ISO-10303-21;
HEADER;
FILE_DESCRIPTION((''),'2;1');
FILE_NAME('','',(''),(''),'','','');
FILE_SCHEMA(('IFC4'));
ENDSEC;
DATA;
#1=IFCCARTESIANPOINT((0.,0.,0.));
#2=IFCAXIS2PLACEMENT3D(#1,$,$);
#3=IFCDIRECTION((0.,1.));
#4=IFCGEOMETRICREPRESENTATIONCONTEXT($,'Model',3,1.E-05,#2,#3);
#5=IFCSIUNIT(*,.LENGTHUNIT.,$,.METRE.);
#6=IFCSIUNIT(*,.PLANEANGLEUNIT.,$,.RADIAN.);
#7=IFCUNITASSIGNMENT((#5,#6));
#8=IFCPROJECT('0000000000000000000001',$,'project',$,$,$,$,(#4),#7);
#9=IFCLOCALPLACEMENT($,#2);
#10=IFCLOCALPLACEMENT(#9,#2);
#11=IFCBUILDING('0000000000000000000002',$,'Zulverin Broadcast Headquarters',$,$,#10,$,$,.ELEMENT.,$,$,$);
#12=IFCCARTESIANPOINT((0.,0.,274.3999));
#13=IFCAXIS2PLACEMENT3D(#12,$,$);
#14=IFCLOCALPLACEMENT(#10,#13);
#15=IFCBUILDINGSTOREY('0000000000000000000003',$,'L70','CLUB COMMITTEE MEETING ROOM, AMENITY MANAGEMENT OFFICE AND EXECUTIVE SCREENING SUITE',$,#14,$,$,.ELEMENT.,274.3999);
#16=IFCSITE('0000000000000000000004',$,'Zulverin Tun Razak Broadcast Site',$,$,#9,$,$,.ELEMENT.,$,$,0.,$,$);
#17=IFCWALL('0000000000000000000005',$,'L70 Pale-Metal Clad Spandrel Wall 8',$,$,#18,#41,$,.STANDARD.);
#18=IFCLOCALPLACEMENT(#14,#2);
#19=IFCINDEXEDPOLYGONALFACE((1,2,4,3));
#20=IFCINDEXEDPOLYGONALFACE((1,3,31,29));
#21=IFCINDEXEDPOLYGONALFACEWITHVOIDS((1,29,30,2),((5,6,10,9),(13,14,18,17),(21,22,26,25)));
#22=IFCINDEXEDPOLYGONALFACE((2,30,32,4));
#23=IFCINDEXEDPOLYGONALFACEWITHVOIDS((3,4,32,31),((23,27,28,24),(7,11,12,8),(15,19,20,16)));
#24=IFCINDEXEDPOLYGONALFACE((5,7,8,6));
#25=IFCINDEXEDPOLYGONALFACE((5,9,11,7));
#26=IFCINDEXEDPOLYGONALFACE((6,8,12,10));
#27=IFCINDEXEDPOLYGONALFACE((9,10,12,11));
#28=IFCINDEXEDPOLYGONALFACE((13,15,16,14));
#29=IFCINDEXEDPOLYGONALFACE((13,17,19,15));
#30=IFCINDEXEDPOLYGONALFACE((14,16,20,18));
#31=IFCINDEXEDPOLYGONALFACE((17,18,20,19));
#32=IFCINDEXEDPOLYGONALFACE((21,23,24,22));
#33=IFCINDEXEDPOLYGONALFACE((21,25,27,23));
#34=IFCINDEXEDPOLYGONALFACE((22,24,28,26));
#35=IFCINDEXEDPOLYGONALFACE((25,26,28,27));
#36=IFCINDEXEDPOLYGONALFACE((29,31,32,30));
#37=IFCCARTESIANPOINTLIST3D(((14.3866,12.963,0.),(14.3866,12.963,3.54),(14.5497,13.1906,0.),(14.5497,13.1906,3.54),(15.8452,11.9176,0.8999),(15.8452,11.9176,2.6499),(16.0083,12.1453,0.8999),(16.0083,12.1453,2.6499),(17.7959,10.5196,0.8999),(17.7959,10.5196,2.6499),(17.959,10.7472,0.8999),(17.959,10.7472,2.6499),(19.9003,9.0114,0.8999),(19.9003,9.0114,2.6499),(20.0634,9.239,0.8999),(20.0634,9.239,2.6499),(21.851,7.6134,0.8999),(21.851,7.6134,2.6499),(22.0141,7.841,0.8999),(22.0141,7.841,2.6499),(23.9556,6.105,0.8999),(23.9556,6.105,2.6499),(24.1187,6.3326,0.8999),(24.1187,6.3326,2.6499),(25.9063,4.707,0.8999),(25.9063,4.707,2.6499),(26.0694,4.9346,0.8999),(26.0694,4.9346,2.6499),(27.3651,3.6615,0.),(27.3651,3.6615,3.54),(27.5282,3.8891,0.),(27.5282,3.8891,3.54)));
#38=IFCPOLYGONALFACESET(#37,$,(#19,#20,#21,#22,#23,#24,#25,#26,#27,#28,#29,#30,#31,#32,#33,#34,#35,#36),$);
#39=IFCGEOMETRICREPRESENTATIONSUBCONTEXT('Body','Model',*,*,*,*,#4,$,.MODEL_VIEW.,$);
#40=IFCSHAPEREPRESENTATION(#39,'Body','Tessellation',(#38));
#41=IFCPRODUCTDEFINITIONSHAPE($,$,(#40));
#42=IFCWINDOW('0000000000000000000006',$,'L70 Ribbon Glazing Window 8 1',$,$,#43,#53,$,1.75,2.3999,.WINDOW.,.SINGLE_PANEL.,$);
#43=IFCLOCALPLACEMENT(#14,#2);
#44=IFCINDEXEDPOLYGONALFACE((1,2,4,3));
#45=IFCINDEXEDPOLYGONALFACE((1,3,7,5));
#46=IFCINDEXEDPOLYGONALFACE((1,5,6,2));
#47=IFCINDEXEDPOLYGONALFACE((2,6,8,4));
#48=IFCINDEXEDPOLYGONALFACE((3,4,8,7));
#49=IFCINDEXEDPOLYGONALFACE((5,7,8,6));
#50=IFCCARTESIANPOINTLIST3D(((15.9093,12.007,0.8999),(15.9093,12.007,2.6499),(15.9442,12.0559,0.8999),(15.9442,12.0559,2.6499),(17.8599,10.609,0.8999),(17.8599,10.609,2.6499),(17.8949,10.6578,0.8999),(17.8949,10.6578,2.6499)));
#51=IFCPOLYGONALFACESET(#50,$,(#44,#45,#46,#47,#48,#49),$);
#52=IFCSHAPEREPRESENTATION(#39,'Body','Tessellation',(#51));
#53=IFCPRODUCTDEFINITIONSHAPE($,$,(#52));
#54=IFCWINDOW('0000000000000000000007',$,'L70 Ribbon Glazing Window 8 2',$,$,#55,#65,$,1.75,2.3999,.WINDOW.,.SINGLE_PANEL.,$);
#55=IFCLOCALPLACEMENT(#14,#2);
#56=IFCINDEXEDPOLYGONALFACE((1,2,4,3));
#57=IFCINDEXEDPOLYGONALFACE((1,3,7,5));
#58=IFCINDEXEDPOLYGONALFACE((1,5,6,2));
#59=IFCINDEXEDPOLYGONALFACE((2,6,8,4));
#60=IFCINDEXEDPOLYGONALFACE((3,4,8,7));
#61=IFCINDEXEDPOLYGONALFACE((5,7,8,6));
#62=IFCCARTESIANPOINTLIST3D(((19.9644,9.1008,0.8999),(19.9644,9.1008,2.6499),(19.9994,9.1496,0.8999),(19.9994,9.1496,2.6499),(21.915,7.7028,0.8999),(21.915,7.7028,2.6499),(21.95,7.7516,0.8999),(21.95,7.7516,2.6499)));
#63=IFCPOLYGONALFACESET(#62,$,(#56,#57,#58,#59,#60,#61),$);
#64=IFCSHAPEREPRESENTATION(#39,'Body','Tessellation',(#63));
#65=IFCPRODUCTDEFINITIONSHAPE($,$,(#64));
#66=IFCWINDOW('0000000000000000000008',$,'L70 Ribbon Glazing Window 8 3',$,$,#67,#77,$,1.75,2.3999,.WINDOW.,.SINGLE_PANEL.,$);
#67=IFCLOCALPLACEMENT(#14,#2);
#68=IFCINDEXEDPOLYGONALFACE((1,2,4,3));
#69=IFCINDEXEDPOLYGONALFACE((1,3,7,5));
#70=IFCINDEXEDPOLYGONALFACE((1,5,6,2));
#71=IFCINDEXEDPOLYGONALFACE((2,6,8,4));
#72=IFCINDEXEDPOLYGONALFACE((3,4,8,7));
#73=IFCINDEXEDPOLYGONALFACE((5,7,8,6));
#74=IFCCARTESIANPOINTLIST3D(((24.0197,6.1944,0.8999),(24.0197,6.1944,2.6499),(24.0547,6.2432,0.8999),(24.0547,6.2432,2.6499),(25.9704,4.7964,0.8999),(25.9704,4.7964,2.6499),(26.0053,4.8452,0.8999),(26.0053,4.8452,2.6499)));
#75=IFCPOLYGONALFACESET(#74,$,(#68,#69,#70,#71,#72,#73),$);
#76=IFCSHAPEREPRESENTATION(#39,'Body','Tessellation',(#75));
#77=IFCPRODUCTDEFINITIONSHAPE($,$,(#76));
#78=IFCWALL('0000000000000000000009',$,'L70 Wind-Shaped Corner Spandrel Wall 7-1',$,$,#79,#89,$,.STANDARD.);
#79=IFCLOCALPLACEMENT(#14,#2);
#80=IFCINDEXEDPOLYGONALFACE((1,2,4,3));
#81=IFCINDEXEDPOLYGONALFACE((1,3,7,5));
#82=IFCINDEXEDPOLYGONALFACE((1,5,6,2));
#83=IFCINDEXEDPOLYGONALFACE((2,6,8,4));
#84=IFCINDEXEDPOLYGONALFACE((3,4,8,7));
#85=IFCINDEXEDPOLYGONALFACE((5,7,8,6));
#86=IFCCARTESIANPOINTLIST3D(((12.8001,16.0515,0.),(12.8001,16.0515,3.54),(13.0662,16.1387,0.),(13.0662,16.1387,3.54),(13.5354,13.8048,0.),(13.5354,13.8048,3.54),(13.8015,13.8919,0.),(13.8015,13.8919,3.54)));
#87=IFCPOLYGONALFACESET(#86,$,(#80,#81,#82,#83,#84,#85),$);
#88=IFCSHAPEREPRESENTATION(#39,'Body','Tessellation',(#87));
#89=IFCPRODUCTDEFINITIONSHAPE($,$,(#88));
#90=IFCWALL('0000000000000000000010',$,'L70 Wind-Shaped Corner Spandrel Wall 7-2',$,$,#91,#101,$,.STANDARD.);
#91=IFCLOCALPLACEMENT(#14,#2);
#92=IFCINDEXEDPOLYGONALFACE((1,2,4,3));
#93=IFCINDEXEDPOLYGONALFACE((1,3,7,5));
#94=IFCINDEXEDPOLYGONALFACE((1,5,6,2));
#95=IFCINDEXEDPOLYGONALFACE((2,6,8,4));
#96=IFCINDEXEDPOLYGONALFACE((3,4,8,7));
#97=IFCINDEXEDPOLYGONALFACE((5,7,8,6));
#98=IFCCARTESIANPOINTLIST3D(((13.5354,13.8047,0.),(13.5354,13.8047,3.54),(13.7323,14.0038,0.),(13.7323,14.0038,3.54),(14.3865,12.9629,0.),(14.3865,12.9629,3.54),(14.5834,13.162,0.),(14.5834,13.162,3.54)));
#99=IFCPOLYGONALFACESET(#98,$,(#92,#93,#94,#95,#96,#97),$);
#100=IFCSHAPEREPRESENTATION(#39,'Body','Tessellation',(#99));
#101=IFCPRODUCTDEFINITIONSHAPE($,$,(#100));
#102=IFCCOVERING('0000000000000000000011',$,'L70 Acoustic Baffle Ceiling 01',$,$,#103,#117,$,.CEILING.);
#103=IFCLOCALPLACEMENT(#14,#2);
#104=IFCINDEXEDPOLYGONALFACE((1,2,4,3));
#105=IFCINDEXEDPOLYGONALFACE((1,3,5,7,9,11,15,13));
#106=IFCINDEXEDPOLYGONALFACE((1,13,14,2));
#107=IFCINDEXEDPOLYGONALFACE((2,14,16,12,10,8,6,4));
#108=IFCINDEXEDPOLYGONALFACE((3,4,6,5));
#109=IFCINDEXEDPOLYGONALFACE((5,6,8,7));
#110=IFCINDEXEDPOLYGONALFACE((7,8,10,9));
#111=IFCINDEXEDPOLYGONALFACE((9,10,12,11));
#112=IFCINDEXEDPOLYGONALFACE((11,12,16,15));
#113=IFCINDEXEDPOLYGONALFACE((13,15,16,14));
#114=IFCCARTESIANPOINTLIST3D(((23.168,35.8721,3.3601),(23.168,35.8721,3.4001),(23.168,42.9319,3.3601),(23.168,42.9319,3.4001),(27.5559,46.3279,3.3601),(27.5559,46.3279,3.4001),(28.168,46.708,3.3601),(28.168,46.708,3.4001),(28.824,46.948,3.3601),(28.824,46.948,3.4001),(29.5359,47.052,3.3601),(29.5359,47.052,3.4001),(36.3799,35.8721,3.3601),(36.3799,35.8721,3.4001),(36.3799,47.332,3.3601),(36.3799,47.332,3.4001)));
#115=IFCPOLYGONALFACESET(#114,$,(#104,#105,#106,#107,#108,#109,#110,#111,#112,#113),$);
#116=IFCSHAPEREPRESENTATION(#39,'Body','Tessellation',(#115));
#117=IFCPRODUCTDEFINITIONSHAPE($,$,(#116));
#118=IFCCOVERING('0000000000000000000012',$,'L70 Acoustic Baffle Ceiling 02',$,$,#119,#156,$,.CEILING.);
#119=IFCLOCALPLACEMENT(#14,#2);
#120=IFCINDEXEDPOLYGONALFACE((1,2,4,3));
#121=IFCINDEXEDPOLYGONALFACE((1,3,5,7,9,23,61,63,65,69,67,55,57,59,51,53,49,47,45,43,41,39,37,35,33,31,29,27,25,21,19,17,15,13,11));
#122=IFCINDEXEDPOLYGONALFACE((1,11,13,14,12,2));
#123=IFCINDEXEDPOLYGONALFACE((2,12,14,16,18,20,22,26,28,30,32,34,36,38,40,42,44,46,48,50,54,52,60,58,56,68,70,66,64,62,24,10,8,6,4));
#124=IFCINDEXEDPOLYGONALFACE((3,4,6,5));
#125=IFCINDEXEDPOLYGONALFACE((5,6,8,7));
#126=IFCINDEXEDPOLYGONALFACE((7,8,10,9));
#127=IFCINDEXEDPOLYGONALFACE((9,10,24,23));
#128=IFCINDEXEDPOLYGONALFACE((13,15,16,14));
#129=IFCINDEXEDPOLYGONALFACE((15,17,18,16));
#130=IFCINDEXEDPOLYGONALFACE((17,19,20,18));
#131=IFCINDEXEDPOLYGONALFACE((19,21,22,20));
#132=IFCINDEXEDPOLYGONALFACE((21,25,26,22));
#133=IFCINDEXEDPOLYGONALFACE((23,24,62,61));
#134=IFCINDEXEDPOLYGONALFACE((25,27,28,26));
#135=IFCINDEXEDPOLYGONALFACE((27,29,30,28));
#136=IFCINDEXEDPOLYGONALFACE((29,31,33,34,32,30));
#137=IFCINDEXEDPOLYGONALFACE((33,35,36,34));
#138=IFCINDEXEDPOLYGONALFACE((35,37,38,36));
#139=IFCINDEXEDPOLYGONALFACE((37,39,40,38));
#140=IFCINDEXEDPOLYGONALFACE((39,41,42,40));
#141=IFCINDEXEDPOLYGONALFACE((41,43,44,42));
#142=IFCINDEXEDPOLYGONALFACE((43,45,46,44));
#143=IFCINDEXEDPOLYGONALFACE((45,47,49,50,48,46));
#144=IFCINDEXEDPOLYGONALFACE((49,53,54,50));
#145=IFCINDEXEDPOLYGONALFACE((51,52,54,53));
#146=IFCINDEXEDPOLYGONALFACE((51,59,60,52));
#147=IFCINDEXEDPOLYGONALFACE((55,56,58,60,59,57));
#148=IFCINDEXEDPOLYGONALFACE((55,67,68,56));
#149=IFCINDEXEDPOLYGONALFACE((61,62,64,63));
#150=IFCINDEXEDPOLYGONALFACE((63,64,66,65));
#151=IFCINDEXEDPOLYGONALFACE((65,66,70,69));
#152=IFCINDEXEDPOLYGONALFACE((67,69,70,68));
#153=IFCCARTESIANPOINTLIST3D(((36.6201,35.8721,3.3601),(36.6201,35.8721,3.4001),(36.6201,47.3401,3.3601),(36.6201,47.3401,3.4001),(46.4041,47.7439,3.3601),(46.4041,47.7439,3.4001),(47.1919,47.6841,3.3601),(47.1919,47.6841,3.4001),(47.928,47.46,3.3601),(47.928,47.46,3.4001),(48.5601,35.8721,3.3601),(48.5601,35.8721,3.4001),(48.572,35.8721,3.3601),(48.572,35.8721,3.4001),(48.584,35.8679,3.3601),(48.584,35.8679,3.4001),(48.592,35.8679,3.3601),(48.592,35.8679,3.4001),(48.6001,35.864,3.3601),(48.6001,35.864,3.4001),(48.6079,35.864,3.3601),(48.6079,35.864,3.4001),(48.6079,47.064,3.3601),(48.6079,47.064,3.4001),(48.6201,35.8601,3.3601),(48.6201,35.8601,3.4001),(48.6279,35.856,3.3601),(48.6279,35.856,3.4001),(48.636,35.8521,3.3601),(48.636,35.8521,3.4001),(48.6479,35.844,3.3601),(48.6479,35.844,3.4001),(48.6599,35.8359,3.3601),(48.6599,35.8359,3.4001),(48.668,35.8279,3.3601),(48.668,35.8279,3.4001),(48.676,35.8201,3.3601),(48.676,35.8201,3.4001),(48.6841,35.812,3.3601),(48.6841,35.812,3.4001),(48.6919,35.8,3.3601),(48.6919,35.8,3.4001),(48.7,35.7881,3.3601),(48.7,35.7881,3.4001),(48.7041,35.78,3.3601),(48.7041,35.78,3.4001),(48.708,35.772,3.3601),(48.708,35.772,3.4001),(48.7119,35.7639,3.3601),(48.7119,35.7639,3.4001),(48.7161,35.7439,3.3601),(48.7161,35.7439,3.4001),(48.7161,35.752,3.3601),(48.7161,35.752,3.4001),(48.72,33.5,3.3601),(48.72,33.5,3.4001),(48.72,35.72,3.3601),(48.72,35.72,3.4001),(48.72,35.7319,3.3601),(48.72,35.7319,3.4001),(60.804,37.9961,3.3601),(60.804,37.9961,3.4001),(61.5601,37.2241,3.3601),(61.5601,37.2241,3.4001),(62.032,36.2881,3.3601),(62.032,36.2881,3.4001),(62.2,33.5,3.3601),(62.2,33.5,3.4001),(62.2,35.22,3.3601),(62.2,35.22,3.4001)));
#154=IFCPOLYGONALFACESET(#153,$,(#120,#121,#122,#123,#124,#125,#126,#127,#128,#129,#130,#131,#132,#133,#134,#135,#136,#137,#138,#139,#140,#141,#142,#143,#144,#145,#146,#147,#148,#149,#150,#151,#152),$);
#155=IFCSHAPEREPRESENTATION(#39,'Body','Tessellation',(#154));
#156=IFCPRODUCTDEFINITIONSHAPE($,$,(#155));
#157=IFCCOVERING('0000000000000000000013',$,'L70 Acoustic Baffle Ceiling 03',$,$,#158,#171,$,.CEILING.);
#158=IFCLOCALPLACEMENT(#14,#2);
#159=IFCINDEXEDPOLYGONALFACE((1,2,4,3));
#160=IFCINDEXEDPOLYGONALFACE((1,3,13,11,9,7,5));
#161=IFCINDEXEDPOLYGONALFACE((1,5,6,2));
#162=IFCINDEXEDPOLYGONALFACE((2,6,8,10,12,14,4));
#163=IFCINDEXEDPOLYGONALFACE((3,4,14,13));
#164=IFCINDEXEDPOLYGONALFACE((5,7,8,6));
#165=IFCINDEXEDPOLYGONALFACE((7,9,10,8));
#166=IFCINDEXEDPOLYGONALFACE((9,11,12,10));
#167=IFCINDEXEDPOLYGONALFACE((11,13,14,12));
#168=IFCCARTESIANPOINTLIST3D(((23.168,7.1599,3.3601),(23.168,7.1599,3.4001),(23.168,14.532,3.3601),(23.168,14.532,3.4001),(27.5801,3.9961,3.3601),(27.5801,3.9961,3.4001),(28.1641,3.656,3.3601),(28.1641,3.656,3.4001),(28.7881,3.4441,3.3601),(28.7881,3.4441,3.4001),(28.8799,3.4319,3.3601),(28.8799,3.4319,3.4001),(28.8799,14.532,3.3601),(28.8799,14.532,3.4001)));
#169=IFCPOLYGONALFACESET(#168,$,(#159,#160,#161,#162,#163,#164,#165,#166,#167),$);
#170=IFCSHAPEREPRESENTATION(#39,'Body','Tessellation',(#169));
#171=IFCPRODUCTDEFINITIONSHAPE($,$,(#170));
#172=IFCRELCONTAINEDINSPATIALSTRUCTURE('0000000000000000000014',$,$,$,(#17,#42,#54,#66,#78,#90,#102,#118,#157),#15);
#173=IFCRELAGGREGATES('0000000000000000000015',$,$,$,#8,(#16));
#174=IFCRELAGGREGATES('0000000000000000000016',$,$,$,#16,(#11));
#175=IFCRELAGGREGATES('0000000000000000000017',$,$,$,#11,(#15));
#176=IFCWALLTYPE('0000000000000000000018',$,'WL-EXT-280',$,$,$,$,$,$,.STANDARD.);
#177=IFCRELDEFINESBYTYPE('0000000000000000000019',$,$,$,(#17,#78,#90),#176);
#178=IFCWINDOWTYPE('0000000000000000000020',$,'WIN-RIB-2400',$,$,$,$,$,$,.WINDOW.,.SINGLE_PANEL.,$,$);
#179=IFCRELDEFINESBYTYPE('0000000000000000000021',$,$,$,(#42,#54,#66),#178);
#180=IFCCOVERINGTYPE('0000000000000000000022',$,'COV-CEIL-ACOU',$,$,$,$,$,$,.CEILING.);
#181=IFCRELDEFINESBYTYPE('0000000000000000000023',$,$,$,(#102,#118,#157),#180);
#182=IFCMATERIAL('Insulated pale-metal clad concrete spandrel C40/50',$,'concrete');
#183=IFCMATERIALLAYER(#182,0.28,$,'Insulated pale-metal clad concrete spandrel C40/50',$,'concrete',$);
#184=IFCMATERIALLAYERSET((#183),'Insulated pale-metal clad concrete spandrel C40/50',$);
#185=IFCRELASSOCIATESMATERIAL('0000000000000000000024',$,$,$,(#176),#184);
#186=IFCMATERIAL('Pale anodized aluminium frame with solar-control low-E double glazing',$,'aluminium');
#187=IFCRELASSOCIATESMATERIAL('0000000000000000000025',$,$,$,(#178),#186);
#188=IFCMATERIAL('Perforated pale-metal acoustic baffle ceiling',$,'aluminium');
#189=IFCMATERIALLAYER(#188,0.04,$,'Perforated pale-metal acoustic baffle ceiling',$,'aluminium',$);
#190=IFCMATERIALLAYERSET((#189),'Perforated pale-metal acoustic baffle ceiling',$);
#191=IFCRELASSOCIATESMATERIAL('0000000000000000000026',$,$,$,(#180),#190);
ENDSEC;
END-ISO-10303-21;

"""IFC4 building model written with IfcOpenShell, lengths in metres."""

from ifc_helpers import new_model, si_unit, direction, frame, frame_2d, origin, place, context, subcontext, project, spatial, polyline, rectangle, outline, extrude, material, layer, layer_set, type_object, element, fill, save


model = new_model("IFC4")

# Units and contexts
model_context = context("Model", 3, precision=1e-05, world=origin(), true_north=direction((0.0, 1.0)))
body_context = subcontext(model_context, "Body", "Model", "MODEL_VIEW")
ifc_project = project(units=[si_unit("LENGTHUNIT", "METRE"), si_unit("PLANEANGLEUNIT", "RADIAN")], contexts=[model_context])

# Site, building, storey
site_placement = place(None, origin())
site = spatial("IfcSite", under=ifc_project, at=site_placement, Name="Zulverin Tun Razak Broadcast Site", CompositionType="ELEMENT", RefElevation=0.0)
building_placement = place(site_placement, origin())
building = spatial("IfcBuilding", under=site, at=building_placement, Name="Zulverin Broadcast Headquarters", CompositionType="ELEMENT")
storey_placement = place(building_placement, frame((0.0, 0.0, 274.3999)))
storey = spatial("IfcBuildingStorey", under=building, at=storey_placement, Name="L70", Description="CLUB COMMITTEE MEETING ROOM, AMENITY MANAGEMENT OFFICE AND EXECUTIVE SCREENING SUITE", CompositionType="ELEMENT", Elevation=274.3999)

# Wall, openings, windows
ifc_material_1 = material(Name="Insulated pale-metal clad concrete spandrel C40/50", Category="concrete")
ifc_layer_1 = layer(ifc_material_1, 0.28, Name="Insulated pale-metal clad concrete spandrel C40/50", Category="concrete")
ifc_layer_set_1 = layer_set([ifc_layer_1], Name="Insulated pale-metal clad concrete spandrel C40/50")
wall_type_1 = type_object("IfcWallType", Name="WL-EXT-280", PredefinedType="STANDARD", material=ifc_layer_set_1)
wall_1_placement = place(storey_placement, frame((14.468, 13.0769, 0.0), z_axis=(0.0, 0.0, 1.0), x_axis=(0.81281, -0.582529, 0.0)))
wall_1 = element("IfcWall", 1, at=wall_1_placement, inside=storey, type_object=wall_type_1, Name="L70 Pale-Metal Clad Spandrel Wall 8", PredefinedType="STANDARD", context=body_context, shape_type="SweptSolid", body=[
    extrude(rectangle(XDim=15.9675, YDim=0.28, at=frame_2d((7.9839, 0.0))), origin(), (0.0, 0.0, 1.0), 3.54),
])
opening_1_placement = place(wall_1_placement, frame((1.7947, 0.0, 0.8999)))
opening_1 = element("IfcOpeningElement", 2, at=opening_1_placement, cuts=wall_1, PredefinedType="OPENING", context=body_context, shape_type="SweptSolid", body=[
    extrude(rectangle(XDim=2.3999, YDim=1.75, at=frame_2d((1.2, 0.875))), frame((0.0, 0.1499, 0.0), z_axis=(0.0, -1.0, 0.0), x_axis=(1.0, 0.0, 0.0)), (0.0, 0.0, 1.0), 0.3),
])
opening_2_placement = place(wall_1_placement, frame((6.7837, 0.0, 0.8999)))
opening_2 = element("IfcOpeningElement", 3, at=opening_2_placement, cuts=wall_1, PredefinedType="OPENING", context=body_context, shape_type="SweptSolid", body=[
    extrude(rectangle(XDim=2.3999, YDim=1.75, at=frame_2d((1.2, 0.875))), frame((0.0, 0.1499, 0.0), z_axis=(0.0, -1.0, 0.0), x_axis=(1.0, 0.0, 0.0)), (0.0, 0.0, 1.0), 0.3),
])
opening_3_placement = place(wall_1_placement, frame((11.7729, 0.0, 0.8999)))
opening_3 = element("IfcOpeningElement", 4, at=opening_3_placement, cuts=wall_1, PredefinedType="OPENING", context=body_context, shape_type="SweptSolid", body=[
    extrude(rectangle(XDim=2.3999, YDim=1.75, at=frame_2d((1.2, 0.875))), frame((0.0, 0.1499, 0.0), z_axis=(0.0, -1.0, 0.0), x_axis=(1.0, 0.0, 0.0)), (0.0, 0.0, 1.0), 0.3),
])
ifc_material_2 = material(Name="Pale anodized aluminium frame with solar-control low-E double glazing", Category="aluminium")
window_type = type_object("IfcWindowType", Name="WIN-RIB-2400", PartitioningType="SINGLE_PANEL", PredefinedType="WINDOW", material=ifc_material_2)
window_1_placement = place(opening_1_placement, origin())
window_1 = element("IfcWindow", 5, at=window_1_placement, inside=storey, type_object=window_type, Name="L70 Ribbon Glazing Window 8 1", OverallHeight=1.75, OverallWidth=2.3999, PartitioningType="SINGLE_PANEL", PredefinedType="WINDOW", context=body_context, shape_type="SweptSolid", body=[
    extrude(rectangle(XDim=2.3999, YDim=1.75, at=frame_2d((1.2, 0.875))), frame((0.0, 0.03, 0.0), z_axis=(0.0, -1.0, 0.0), x_axis=(1.0, 0.0, 0.0)), (0.0, 0.0, 1.0), 0.0601),
])
fill(opening_1, window_1)
window_2_placement = place(opening_2_placement, origin())
window_2 = element("IfcWindow", 6, at=window_2_placement, inside=storey, type_object=window_type, Name="L70 Ribbon Glazing Window 8 2", OverallHeight=1.75, OverallWidth=2.3999, PartitioningType="SINGLE_PANEL", PredefinedType="WINDOW", context=body_context, shape_type="SweptSolid", body=[
    extrude(rectangle(XDim=2.3999, YDim=1.75, at=frame_2d((1.2, 0.875))), frame((0.0, 0.03, 0.0), z_axis=(0.0, -1.0, 0.0), x_axis=(1.0, 0.0, 0.0)), (0.0, 0.0, 1.0), 0.0601),
])
fill(opening_2, window_2)
window_3_placement = place(opening_3_placement, origin())
window_3 = element("IfcWindow", 7, at=window_3_placement, inside=storey, type_object=window_type, Name="L70 Ribbon Glazing Window 8 3", OverallHeight=1.75, OverallWidth=2.3999, PartitioningType="SINGLE_PANEL", PredefinedType="WINDOW", context=body_context, shape_type="SweptSolid", body=[
    extrude(rectangle(XDim=2.3999, YDim=1.75, at=frame_2d((1.2, 0.875))), frame((0.0, 0.03, 0.0), z_axis=(0.0, -1.0, 0.0), x_axis=(1.0, 0.0, 0.0)), (0.0, 0.0, 1.0), 0.0601),
])
fill(opening_3, window_3)

# Walls
wall_2_placement = place(storey_placement, frame((12.9331, 16.0952, 0.0), z_axis=(0.0, 0.0, 1.0), x_axis=(0.311049, -0.950394, 0.0)))
element("IfcWall", 8, at=wall_2_placement, inside=storey, type_object=wall_type_1, Name="L70 Wind-Shaped Corner Spandrel Wall 7-1", PredefinedType="STANDARD", context=body_context, shape_type="SweptSolid", body=[
    extrude(rectangle(XDim=2.364, YDim=0.28, at=frame_2d((1.1821, 0.0))), origin(), (0.0, 0.0, 1.0), 3.54),
])
wall_3_placement = place(storey_placement, frame((13.6338, 13.9043, 0.0), z_axis=(0.0, 0.0, 1.0), x_axis=(0.710971, -0.703221, 0.0)))
element("IfcWall", 9, at=wall_3_placement, inside=storey, type_object=wall_type_1, Name="L70 Wind-Shaped Corner Spandrel Wall 7-2", PredefinedType="STANDARD", context=body_context, shape_type="SweptSolid", body=[
    extrude(rectangle(XDim=1.197, YDim=0.28, at=frame_2d((0.5986, 0.0))), origin(), (0.0, 0.0, 1.0), 3.54),
])

# Coverings
ifc_material_3 = material(Name="Perforated pale-metal acoustic baffle ceiling", Category="aluminium")
ifc_layer_2 = layer(ifc_material_3, 0.04, Name="Perforated pale-metal acoustic baffle ceiling", Category="aluminium")
ifc_layer_set_2 = layer_set([ifc_layer_2], Name="Perforated pale-metal acoustic baffle ceiling")
covering_type_1 = type_object("IfcCoveringType", Name="COV-CEIL-ACOU", PredefinedType="CEILING", material=ifc_layer_set_2)
covering_1_placement = place(storey_placement, frame((0.0, 0.0, 3.3601)))
element("IfcCovering", 10, at=covering_1_placement, inside=storey, type_object=covering_type_1, Name="L70 Acoustic Baffle Ceiling 01", PredefinedType="CEILING", context=body_context, shape_type="SweptSolid", body=[
    extrude(outline(polyline([(36.3799, 35.8721), (36.3799, 47.332), (29.5359, 47.052), (28.824, 46.948), (28.168, 46.708), (27.5559, 46.3279), (23.168, 42.9319), (23.168, 35.8721), (36.3799, 35.8721)])), origin(), (0.0, 0.0, 1.0), 0.04),
])
covering_2_placement = place(storey_placement, frame((0.0, 0.0, 3.3601)))
element("IfcCovering", 11, at=covering_2_placement, inside=storey, type_object=covering_type_1, Name="L70 Acoustic Baffle Ceiling 02", PredefinedType="CEILING", context=body_context, shape_type="SweptSolid", body=[
    extrude(outline(polyline([(48.6079, 47.064), (47.928, 47.46), (47.1919, 47.6841), (46.4041, 47.7439), (36.6201, 47.3401), (36.6201, 35.8721), (48.5601, 35.8721), (48.572, 35.8721), (48.584, 35.8679), (48.592, 35.8679), (48.6001, 35.864), (48.6079, 35.864), (48.6201, 35.8601), (48.6279, 35.856), (48.636, 35.8521), (48.6479, 35.844), (48.6599, 35.8359), (48.668, 35.8279), (48.676, 35.8201), (48.6841, 35.812), (48.6919, 35.8), (48.7, 35.7881), (48.7041, 35.78), (48.708, 35.772), (48.7119, 35.7639), (48.7161, 35.752), (48.7161, 35.7439), (48.72, 35.7319), (48.72, 35.72), (48.72, 33.5), (62.2, 33.5), (62.2, 35.22), (62.032, 36.2881), (61.5601, 37.2241), (60.804, 37.9961), (48.6079, 47.064)])), origin(), (0.0, 0.0, 1.0), 0.04),
])
covering_3_placement = place(storey_placement, frame((0.0, 0.0, 3.3601)))
element("IfcCovering", 12, at=covering_3_placement, inside=storey, type_object=covering_type_1, Name="L70 Acoustic Baffle Ceiling 03", PredefinedType="CEILING", context=body_context, shape_type="SweptSolid", body=[
    extrude(outline(polyline([(27.5801, 3.9961), (28.1641, 3.656), (28.7881, 3.4441), (28.8799, 3.4319), (28.8799, 14.532), (23.168, 14.532), (23.168, 7.1599), (27.5801, 3.9961)])), origin(), (0.0, 0.0, 1.0), 0.04),
])

save(model, "model.ifc")
